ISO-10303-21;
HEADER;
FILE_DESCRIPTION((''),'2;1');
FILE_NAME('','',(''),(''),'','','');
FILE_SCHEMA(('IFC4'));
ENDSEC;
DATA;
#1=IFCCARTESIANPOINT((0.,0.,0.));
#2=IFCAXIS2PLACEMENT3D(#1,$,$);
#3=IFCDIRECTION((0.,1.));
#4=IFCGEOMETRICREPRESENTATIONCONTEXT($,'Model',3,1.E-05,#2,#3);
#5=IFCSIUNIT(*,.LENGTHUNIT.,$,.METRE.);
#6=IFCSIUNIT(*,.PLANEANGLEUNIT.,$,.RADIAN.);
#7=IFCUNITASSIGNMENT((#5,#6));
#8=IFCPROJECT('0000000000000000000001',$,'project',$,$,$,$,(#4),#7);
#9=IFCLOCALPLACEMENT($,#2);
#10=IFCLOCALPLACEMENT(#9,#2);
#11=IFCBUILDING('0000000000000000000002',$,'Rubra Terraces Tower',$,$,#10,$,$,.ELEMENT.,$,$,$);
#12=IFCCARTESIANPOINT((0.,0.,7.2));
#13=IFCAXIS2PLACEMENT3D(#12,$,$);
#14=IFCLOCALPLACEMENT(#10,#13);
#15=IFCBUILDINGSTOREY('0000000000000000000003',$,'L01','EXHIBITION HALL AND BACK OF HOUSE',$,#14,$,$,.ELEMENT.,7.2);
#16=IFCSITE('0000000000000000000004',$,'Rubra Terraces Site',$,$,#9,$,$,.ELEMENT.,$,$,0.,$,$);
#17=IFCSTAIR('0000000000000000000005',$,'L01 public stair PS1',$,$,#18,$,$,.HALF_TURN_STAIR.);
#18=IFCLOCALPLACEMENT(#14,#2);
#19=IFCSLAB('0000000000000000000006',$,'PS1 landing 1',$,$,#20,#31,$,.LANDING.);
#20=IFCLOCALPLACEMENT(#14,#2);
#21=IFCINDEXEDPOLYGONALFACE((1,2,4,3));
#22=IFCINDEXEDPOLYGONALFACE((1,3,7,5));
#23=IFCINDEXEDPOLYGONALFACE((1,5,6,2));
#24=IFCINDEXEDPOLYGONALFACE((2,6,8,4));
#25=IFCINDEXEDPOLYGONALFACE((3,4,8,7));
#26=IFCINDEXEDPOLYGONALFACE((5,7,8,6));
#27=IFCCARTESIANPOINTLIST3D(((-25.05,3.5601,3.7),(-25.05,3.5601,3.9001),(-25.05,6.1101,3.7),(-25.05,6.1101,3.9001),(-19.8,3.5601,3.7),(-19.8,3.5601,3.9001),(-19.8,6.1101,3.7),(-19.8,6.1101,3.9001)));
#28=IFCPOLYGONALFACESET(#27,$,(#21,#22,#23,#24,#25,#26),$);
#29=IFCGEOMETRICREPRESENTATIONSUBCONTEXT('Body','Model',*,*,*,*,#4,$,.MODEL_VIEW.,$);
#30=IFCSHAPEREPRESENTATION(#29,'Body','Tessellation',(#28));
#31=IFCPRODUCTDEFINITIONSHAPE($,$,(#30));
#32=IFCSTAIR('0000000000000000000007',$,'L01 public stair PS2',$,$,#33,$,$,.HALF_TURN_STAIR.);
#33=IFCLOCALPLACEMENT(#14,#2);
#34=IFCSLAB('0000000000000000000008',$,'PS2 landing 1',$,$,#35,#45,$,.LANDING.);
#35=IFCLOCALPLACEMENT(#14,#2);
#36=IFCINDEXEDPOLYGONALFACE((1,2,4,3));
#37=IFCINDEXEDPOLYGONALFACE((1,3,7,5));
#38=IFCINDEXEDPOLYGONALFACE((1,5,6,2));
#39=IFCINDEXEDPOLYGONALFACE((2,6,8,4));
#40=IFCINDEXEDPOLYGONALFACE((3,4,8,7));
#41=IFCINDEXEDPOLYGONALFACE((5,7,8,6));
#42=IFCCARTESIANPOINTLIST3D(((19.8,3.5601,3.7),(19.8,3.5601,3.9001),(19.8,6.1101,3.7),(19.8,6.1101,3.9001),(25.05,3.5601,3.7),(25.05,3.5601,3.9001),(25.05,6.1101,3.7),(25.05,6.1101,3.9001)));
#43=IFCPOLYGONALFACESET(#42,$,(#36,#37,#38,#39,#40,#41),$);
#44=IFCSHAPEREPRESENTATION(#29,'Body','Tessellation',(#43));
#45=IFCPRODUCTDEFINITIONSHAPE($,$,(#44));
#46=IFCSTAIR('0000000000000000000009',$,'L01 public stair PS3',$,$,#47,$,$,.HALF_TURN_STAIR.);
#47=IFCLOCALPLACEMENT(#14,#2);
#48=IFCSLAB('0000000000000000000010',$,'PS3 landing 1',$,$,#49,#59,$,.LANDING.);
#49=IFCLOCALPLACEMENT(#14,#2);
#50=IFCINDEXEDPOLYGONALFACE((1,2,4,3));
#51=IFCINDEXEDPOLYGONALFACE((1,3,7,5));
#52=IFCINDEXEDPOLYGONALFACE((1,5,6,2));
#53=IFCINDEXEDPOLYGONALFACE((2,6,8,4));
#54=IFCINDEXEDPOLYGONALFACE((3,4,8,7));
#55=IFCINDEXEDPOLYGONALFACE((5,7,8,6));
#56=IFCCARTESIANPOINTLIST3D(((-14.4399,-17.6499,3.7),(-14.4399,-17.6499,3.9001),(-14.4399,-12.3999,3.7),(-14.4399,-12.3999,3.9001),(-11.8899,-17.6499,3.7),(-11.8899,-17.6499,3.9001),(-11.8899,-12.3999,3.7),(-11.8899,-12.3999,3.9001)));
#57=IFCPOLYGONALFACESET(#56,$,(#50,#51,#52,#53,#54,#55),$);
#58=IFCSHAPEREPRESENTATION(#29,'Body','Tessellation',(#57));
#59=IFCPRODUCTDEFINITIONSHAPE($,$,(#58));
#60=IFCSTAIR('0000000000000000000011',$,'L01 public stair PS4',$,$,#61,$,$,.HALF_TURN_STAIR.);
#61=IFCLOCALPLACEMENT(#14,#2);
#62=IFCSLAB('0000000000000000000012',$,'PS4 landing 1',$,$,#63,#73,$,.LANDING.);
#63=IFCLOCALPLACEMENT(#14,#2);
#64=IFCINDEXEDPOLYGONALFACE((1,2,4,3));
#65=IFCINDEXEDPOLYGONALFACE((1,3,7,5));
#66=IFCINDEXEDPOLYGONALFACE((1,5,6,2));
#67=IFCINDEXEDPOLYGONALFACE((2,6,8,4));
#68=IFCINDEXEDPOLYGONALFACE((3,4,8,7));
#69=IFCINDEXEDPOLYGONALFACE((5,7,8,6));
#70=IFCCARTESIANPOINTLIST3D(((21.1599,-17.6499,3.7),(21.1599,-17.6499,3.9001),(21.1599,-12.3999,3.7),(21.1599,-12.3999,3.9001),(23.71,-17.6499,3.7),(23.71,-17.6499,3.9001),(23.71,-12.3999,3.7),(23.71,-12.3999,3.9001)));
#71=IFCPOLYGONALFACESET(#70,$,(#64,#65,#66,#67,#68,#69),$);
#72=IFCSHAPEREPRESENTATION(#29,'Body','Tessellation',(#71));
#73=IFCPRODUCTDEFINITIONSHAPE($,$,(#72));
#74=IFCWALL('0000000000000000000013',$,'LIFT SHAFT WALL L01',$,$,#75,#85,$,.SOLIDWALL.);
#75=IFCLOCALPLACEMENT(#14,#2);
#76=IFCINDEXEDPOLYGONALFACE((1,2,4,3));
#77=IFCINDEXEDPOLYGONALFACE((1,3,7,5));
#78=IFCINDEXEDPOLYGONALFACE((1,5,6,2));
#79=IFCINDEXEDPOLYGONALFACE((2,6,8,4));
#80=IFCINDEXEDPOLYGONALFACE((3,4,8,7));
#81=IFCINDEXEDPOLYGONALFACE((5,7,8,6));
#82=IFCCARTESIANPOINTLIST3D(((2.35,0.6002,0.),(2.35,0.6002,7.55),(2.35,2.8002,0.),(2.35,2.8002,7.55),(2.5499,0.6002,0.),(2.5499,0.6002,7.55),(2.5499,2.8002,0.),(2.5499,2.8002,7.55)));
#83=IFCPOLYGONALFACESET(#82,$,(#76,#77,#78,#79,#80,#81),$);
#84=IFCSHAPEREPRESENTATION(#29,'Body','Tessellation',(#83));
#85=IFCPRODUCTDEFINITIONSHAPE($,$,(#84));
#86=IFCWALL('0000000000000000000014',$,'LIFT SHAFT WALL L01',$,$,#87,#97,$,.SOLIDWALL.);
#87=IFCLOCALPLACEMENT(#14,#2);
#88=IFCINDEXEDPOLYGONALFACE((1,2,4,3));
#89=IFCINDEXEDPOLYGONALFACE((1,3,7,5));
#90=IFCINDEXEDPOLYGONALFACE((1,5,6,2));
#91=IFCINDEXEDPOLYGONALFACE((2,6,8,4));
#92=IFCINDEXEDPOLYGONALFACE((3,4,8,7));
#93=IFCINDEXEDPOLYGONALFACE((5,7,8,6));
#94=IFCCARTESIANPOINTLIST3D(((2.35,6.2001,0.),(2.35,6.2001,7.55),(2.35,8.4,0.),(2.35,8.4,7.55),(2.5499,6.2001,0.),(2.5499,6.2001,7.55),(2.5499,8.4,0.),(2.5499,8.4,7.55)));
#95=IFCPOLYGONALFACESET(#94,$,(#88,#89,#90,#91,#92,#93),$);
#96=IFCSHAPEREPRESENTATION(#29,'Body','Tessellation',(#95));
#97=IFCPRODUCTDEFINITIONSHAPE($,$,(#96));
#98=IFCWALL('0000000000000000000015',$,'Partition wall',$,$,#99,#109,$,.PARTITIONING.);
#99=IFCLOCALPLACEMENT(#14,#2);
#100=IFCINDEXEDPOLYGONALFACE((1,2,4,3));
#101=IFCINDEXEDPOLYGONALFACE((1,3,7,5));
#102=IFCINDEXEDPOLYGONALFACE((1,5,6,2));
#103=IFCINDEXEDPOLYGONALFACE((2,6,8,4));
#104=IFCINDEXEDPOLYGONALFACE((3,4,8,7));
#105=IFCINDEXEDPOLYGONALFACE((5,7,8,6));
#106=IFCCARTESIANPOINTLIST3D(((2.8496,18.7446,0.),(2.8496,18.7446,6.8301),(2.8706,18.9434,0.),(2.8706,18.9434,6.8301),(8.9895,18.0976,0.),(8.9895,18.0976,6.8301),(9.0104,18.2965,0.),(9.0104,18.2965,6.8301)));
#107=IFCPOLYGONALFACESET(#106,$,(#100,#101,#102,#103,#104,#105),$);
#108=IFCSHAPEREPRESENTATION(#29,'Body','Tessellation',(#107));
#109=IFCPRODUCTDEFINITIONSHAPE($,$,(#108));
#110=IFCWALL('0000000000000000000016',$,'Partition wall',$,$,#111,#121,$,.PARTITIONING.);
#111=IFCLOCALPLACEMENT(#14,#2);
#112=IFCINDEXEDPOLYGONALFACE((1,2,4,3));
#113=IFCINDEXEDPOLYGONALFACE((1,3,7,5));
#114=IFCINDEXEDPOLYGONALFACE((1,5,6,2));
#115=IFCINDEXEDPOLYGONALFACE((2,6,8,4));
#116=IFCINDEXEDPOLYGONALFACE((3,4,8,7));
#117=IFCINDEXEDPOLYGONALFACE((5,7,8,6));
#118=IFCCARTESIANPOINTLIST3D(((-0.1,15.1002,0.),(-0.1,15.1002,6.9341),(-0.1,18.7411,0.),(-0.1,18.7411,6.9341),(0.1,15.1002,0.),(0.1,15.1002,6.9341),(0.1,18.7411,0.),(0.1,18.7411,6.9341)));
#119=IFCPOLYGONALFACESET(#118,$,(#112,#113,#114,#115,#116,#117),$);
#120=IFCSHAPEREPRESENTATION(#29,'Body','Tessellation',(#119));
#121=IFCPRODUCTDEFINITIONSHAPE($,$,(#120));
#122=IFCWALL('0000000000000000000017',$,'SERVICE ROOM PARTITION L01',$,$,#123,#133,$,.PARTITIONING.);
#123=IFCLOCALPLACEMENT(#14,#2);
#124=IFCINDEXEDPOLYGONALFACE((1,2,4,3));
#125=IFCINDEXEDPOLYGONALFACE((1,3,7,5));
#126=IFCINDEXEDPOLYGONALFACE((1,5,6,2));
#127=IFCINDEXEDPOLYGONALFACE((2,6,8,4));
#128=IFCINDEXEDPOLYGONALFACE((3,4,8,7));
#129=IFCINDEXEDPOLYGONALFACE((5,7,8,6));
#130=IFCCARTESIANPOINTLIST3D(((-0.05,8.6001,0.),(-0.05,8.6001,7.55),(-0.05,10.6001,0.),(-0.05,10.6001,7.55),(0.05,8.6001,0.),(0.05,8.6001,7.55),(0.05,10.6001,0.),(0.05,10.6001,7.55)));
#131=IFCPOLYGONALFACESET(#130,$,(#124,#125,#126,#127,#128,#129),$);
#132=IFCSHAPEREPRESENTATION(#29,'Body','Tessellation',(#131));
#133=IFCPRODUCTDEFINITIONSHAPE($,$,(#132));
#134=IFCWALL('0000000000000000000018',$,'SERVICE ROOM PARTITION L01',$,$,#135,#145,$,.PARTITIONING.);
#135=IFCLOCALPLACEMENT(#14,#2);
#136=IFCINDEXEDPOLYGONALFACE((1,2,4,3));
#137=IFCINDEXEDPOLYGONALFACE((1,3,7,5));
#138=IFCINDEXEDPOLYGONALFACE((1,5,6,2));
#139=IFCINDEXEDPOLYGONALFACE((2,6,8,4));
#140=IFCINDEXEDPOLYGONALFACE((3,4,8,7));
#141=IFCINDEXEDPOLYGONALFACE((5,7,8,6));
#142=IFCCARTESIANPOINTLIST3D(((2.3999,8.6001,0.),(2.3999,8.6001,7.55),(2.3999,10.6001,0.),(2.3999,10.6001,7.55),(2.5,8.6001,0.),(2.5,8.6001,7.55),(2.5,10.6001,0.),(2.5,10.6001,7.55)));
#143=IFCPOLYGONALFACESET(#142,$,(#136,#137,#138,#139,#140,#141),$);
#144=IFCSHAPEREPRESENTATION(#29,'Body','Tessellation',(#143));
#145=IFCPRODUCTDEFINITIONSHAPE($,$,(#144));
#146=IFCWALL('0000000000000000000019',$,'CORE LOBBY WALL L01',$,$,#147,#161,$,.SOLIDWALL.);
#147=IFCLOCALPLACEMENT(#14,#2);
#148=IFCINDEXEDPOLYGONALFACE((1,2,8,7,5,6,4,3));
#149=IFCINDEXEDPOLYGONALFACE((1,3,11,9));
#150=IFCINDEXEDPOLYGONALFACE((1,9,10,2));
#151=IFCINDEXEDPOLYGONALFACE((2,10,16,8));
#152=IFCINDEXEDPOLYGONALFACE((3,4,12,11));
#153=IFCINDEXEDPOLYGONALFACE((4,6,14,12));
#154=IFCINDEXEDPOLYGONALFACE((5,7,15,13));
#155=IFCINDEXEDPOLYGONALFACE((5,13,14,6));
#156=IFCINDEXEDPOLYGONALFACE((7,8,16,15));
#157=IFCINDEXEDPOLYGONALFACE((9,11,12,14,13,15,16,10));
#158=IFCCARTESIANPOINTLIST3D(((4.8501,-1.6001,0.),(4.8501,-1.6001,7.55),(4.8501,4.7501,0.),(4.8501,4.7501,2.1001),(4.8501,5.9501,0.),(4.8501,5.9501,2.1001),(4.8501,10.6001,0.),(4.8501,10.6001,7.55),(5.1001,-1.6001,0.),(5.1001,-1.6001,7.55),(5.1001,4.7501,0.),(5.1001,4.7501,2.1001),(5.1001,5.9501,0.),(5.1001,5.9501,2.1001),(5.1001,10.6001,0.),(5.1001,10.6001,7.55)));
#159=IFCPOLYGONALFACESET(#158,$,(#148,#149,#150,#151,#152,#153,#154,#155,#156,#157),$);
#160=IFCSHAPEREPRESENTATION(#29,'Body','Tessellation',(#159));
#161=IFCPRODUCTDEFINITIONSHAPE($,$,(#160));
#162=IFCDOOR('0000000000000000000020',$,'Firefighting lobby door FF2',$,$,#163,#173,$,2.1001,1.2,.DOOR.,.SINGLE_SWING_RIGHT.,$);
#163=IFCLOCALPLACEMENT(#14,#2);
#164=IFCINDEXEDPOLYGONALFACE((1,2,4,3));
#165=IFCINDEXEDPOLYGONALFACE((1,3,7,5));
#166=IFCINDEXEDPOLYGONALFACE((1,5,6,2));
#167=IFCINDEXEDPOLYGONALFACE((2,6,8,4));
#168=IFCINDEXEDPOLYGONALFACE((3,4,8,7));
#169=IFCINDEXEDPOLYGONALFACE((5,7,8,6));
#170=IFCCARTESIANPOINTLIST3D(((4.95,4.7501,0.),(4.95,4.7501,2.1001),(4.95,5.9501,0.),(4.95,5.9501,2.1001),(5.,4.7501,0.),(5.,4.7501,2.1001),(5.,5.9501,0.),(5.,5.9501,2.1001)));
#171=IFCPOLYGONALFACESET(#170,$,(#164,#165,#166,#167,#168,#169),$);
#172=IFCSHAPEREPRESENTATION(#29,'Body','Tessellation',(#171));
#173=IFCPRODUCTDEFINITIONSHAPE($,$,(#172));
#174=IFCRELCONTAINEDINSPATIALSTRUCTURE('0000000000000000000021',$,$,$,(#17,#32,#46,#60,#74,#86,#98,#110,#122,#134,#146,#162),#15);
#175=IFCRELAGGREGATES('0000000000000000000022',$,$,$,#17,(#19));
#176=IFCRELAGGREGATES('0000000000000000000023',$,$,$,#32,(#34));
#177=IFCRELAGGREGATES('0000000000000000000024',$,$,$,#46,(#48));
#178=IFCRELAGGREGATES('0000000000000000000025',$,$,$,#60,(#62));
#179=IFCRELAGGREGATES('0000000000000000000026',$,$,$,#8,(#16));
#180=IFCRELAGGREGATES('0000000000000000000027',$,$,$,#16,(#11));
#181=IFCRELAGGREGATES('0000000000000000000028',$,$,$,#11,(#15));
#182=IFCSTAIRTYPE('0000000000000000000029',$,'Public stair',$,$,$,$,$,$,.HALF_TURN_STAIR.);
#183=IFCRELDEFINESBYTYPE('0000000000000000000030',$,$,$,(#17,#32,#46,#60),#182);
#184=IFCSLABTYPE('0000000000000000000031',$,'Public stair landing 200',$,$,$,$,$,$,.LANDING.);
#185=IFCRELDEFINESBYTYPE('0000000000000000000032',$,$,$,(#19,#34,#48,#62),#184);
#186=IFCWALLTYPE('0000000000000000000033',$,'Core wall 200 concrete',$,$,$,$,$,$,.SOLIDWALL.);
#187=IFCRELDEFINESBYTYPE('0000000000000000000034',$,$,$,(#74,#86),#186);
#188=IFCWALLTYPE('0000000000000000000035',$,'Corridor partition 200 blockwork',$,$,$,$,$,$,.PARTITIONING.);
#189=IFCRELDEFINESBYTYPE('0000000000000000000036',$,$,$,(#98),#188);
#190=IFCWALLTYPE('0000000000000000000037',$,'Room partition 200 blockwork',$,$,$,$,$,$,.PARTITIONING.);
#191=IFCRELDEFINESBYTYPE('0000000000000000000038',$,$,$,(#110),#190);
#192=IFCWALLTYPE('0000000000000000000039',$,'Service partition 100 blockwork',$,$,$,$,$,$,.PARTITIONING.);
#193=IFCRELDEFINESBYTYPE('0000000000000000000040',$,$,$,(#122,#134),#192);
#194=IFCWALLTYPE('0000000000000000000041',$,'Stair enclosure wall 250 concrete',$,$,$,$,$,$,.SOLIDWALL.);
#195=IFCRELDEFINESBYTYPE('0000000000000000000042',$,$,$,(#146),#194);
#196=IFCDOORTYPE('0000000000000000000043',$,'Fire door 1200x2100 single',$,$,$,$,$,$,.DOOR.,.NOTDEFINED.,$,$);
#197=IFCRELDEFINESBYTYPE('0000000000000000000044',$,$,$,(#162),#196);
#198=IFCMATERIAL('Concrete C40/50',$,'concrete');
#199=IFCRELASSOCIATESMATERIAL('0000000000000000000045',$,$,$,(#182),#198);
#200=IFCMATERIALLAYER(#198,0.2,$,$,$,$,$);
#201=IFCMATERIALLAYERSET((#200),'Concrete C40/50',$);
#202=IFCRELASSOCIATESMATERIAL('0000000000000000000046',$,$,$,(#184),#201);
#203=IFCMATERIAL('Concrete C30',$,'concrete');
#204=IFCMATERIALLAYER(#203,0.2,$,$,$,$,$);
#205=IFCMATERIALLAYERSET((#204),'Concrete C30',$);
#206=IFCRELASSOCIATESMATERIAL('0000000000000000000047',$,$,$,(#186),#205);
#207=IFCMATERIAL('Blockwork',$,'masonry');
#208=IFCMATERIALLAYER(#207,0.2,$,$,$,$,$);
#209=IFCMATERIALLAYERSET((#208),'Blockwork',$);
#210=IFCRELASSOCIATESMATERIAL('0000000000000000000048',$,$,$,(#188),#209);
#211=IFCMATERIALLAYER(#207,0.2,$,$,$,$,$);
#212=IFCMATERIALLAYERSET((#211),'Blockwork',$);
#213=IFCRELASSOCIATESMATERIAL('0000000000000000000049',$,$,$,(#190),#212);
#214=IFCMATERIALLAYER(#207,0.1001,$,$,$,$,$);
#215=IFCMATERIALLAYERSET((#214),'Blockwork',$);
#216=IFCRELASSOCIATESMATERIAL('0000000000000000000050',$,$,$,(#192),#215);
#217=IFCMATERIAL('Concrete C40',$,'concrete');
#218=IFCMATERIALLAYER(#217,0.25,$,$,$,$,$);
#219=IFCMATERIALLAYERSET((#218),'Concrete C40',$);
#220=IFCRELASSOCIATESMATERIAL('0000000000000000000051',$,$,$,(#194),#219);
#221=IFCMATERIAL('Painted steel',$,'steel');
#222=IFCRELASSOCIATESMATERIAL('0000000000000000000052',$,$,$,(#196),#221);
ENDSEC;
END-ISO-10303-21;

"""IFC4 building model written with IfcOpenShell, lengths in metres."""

from ifc_helpers import new_model, si_unit, direction, frame, frame_2d, origin, place, context, subcontext, project, spatial, polyline, rectangle, outline, extrude, material, layer, layer_set, type_object, element, fill, aggregate, save


model = new_model("IFC4")

# Units and contexts
model_context = context("Model", 3, precision=1e-05, world=origin(), true_north=direction((0.0, 1.0)))
body_context = subcontext(model_context, "Body", "Model", "MODEL_VIEW")
ifc_project = project(units=[si_unit("LENGTHUNIT", "METRE"), si_unit("PLANEANGLEUNIT", "RADIAN")], contexts=[model_context])

# Site, building, storey
site_placement = place(None, origin())
site = spatial("IfcSite", under=ifc_project, at=site_placement, Name="Rubra Terraces Site", CompositionType="ELEMENT", RefElevation=0.0)
building_placement = place(site_placement, origin())
building = spatial("IfcBuilding", under=site, at=building_placement, Name="Rubra Terraces Tower", CompositionType="ELEMENT")
storey_placement = place(building_placement, frame((0.0, 0.0, 7.2)))
storey = spatial("IfcBuildingStorey", under=building, at=storey_placement, Name="L01", Description="EXHIBITION HALL AND BACK OF HOUSE", CompositionType="ELEMENT", Elevation=7.2)

# Shared definitions
ifc_material_1 = material(Name="Concrete C40", Category="concrete")

# Stairs, slabs
ifc_material_2 = material(Name="Concrete C40/50", Category="concrete")
stair_type_1 = type_object("IfcStairType", Name="Public stair", PredefinedType="HALF_TURN_STAIR", material=ifc_material_2)
stair_1_placement = place(storey_placement, origin())
stair_1 = element("IfcStair", 1, at=stair_1_placement, inside=storey, type_object=stair_type_1, Name="L01 public stair PS1", PredefinedType="HALF_TURN_STAIR")
ifc_layer_1 = layer(ifc_material_2, 0.2)
ifc_layer_set_1 = layer_set([ifc_layer_1], Name="Concrete C40/50")
slab_type_1 = type_object("IfcSlabType", Name="Public stair landing 200", PredefinedType="LANDING", material=ifc_layer_set_1)
slab_1_placement = place(storey_placement, frame((0.0, 0.0, 3.7)))
slab_1 = element("IfcSlab", 2, at=slab_1_placement, type_object=slab_type_1, Name="PS1 landing 1", PredefinedType="LANDING", context=body_context, shape_type="SweptSolid", body=[
    extrude(outline(polyline([(-25.05, 3.5601), (-19.8, 3.5601), (-19.8, 6.1101), (-25.05, 6.1101), (-25.05, 3.5601)])), origin(), (0.0, 0.0, 1.0), 0.2002),
])
aggregate(stair_1, [slab_1])
stair_2_placement = place(storey_placement, origin())
stair_2 = element("IfcStair", 3, at=stair_2_placement, inside=storey, type_object=stair_type_1, Name="L01 public stair PS2", PredefinedType="HALF_TURN_STAIR")
slab_2_placement = place(storey_placement, frame((0.0, 0.0, 3.7)))
slab_2 = element("IfcSlab", 4, at=slab_2_placement, type_object=slab_type_1, Name="PS2 landing 1", PredefinedType="LANDING", context=body_context, shape_type="SweptSolid", body=[
    extrude(outline(polyline([(19.8, 3.5601), (25.05, 3.5601), (25.05, 6.1101), (19.8, 6.1101), (19.8, 3.5601)])), origin(), (0.0, 0.0, 1.0), 0.2002),
])
aggregate(stair_2, [slab_2])
stair_3_placement = place(storey_placement, origin())
stair_3 = element("IfcStair", 5, at=stair_3_placement, inside=storey, type_object=stair_type_1, Name="L01 public stair PS3", PredefinedType="HALF_TURN_STAIR")
slab_3_placement = place(storey_placement, frame((0.0, 0.0, 3.7)))
slab_3 = element("IfcSlab", 6, at=slab_3_placement, type_object=slab_type_1, Name="PS3 landing 1", PredefinedType="LANDING", context=body_context, shape_type="SweptSolid", body=[
    extrude(outline(polyline([(-14.4399, -17.6499), (-11.8899, -17.6499), (-11.8899, -12.3999), (-14.4399, -12.3999), (-14.4399, -17.6499)])), origin(), (0.0, 0.0, 1.0), 0.2002),
])
aggregate(stair_3, [slab_3])
stair_4_placement = place(storey_placement, origin())
stair_4 = element("IfcStair", 7, at=stair_4_placement, inside=storey, type_object=stair_type_1, Name="L01 public stair PS4", PredefinedType="HALF_TURN_STAIR")
slab_4_placement = place(storey_placement, frame((0.0, 0.0, 3.7)))
slab_4 = element("IfcSlab", 8, at=slab_4_placement, type_object=slab_type_1, Name="PS4 landing 1", PredefinedType="LANDING", context=body_context, shape_type="SweptSolid", body=[
    extrude(outline(polyline([(21.1599, -17.6499), (23.71, -17.6499), (23.71, -12.3999), (21.1599, -12.3999), (21.1599, -17.6499)])), origin(), (0.0, 0.0, 1.0), 0.2002),
])
aggregate(stair_4, [slab_4])

# Walls
ifc_material_3 = material(Name="Concrete C30", Category="concrete")
ifc_layer_2 = layer(ifc_material_3, 0.2)
ifc_layer_set_2 = layer_set([ifc_layer_2], Name="Concrete C30")
wall_type_1 = type_object("IfcWallType", Name="Core wall 200 concrete", PredefinedType="SOLIDWALL", material=ifc_layer_set_2)
for number, where, z_axis, x_axis, name in (
    (9, (2.45, 0.6001, 0.0), (0.0, 0.0, 1.0), (0.0, 1.0, 0.0), "LIFT SHAFT WALL L01"),
    (10, (2.45, 6.2, 0.0), (0.0, 0.0, 1.0), (0.0, 1.0, 0.0), "LIFT SHAFT WALL L01"),
):
    element("IfcWall", number, at=place(storey_placement, frame(where, z_axis=z_axis, x_axis=x_axis)), inside=storey, type_object=wall_type_1, Name=name, PredefinedType="SOLIDWALL", context=body_context, shape_type="SweptSolid", body=[
        extrude(rectangle(XDim=2.2, YDim=0.2, at=frame_2d((1.1001, 0.0))), origin(), (0.0, 0.0, 1.0), 7.55),
    ])
ifc_material_4 = material(Name="Blockwork", Category="masonry")
ifc_layer_3 = layer(ifc_material_4, 0.2)
ifc_layer_set_3 = layer_set([ifc_layer_3], Name="Blockwork")
wall_type_2 = type_object("IfcWallType", Name="Corridor partition 200 blockwork", PredefinedType="PARTITIONING", material=ifc_layer_set_3)
wall_1_placement = place(storey_placement, frame((2.8601, 18.844, 0.0), z_axis=(0.0, 0.0, 1.0), x_axis=(0.994494, -0.104792, 0.0)))
element("IfcWall", 11, at=wall_1_placement, inside=storey, type_object=wall_type_2, Name="Partition wall", PredefinedType="PARTITIONING", context=body_context, shape_type="SweptSolid", body=[
    extrude(rectangle(XDim=6.1738, YDim=0.2, at=frame_2d((3.0869, 0.0))), origin(), (0.0, 0.0, 1.0), 6.8301),
])
ifc_layer_4 = layer(ifc_material_4, 0.2)
ifc_layer_set_4 = layer_set([ifc_layer_4], Name="Blockwork")
wall_type_3 = type_object("IfcWallType", Name="Room partition 200 blockwork", PredefinedType="PARTITIONING", material=ifc_layer_set_4)
wall_2_placement = place(storey_placement, frame((0.0, 18.741, 0.0), z_axis=(0.0, 0.0, 1.0), x_axis=(0.0, -1.0, 0.0)))
element("IfcWall", 12, at=wall_2_placement, inside=storey, type_object=wall_type_3, Name="Partition wall", PredefinedType="PARTITIONING", context=body_context, shape_type="SweptSolid", body=[
    extrude(rectangle(XDim=3.6409, YDim=0.2, at=frame_2d((1.8203, 0.0))), origin(), (0.0, 0.0, 1.0), 6.9341),
])
ifc_layer_5 = layer(ifc_material_4, 0.1001)
ifc_layer_set_5 = layer_set([ifc_layer_5], Name="Blockwork")
wall_type_4 = type_object("IfcWallType", Name="Service partition 100 blockwork", PredefinedType="PARTITIONING", material=ifc_layer_set_5)
for number, where, z_axis, x_axis, name in (
    (13, (0.0, 8.6001, 0.0), (0.0, 0.0, 1.0), (0.0, 1.0, 0.0), "SERVICE ROOM PARTITION L01"),
    (14, (2.45, 8.6001, 0.0), (0.0, 0.0, 1.0), (0.0, 1.0, 0.0), "SERVICE ROOM PARTITION L01"),
):
    element("IfcWall", number, at=place(storey_placement, frame(where, z_axis=z_axis, x_axis=x_axis)), inside=storey, type_object=wall_type_4, Name=name, PredefinedType="PARTITIONING", context=body_context, shape_type="SweptSolid", body=[
        extrude(rectangle(XDim=2.0, YDim=0.1001, at=frame_2d((1.0, 0.0))), origin(), (0.0, 0.0, 1.0), 7.55),
    ])

# Wall, opening, door
ifc_layer_6 = layer(ifc_material_1, 0.25)
ifc_layer_set_6 = layer_set([ifc_layer_6], Name="Concrete C40")
wall_type_5 = type_object("IfcWallType", Name="Stair enclosure wall 250 concrete", PredefinedType="SOLIDWALL", material=ifc_layer_set_6)
wall_3_placement = place(storey_placement, frame((4.9751, 10.6001, 0.0), z_axis=(0.0, 0.0, 1.0), x_axis=(0.0, -1.0, 0.0)))
wall_3 = element("IfcWall", 15, at=wall_3_placement, inside=storey, type_object=wall_type_5, Name="CORE LOBBY WALL L01", PredefinedType="SOLIDWALL", context=body_context, shape_type="SweptSolid", body=[
    extrude(rectangle(XDim=12.2002, YDim=0.25, at=frame_2d((6.1001, 0.0))), origin(), (0.0, 0.0, 1.0), 7.55),
])
opening_placement = place(wall_3_placement, frame((4.6499, 0.0, 0.0)))
opening = element("IfcOpeningElement", 16, at=opening_placement, cuts=wall_3, PredefinedType="OPENING", context=body_context, shape_type="SweptSolid", body=[
    extrude(rectangle(XDim=1.2, YDim=2.1001, at=frame_2d((0.6001, 1.05))), frame((0.0, 0.135, 0.0), z_axis=(0.0, -1.0, 0.0), x_axis=(1.0, 0.0, 0.0)), (0.0, 0.0, 1.0), 0.27),
])
ifc_material_5 = material(Name="Painted steel", Category="steel")
door_type = type_object("IfcDoorType", Name="Fire door 1200x2100 single", OperationType="NOTDEFINED", PredefinedType="DOOR", material=ifc_material_5)
door_placement = place(opening_placement, origin())
door = element("IfcDoor", 17, at=door_placement, inside=storey, type_object=door_type, Name="Firefighting lobby door FF2", OperationType="SINGLE_SWING_RIGHT", OverallHeight=2.1001, OverallWidth=1.2, PredefinedType="DOOR", context=body_context, shape_type="SweptSolid", body=[
    extrude(rectangle(XDim=1.2, YDim=2.1001, at=frame_2d((0.6001, 1.05))), frame((0.0, 0.0249, 0.0), z_axis=(0.0, -1.0, 0.0), x_axis=(1.0, 0.0, 0.0)), (0.0, 0.0, 1.0), 0.05),
])
fill(opening, door)

save(model, "model.ifc")
